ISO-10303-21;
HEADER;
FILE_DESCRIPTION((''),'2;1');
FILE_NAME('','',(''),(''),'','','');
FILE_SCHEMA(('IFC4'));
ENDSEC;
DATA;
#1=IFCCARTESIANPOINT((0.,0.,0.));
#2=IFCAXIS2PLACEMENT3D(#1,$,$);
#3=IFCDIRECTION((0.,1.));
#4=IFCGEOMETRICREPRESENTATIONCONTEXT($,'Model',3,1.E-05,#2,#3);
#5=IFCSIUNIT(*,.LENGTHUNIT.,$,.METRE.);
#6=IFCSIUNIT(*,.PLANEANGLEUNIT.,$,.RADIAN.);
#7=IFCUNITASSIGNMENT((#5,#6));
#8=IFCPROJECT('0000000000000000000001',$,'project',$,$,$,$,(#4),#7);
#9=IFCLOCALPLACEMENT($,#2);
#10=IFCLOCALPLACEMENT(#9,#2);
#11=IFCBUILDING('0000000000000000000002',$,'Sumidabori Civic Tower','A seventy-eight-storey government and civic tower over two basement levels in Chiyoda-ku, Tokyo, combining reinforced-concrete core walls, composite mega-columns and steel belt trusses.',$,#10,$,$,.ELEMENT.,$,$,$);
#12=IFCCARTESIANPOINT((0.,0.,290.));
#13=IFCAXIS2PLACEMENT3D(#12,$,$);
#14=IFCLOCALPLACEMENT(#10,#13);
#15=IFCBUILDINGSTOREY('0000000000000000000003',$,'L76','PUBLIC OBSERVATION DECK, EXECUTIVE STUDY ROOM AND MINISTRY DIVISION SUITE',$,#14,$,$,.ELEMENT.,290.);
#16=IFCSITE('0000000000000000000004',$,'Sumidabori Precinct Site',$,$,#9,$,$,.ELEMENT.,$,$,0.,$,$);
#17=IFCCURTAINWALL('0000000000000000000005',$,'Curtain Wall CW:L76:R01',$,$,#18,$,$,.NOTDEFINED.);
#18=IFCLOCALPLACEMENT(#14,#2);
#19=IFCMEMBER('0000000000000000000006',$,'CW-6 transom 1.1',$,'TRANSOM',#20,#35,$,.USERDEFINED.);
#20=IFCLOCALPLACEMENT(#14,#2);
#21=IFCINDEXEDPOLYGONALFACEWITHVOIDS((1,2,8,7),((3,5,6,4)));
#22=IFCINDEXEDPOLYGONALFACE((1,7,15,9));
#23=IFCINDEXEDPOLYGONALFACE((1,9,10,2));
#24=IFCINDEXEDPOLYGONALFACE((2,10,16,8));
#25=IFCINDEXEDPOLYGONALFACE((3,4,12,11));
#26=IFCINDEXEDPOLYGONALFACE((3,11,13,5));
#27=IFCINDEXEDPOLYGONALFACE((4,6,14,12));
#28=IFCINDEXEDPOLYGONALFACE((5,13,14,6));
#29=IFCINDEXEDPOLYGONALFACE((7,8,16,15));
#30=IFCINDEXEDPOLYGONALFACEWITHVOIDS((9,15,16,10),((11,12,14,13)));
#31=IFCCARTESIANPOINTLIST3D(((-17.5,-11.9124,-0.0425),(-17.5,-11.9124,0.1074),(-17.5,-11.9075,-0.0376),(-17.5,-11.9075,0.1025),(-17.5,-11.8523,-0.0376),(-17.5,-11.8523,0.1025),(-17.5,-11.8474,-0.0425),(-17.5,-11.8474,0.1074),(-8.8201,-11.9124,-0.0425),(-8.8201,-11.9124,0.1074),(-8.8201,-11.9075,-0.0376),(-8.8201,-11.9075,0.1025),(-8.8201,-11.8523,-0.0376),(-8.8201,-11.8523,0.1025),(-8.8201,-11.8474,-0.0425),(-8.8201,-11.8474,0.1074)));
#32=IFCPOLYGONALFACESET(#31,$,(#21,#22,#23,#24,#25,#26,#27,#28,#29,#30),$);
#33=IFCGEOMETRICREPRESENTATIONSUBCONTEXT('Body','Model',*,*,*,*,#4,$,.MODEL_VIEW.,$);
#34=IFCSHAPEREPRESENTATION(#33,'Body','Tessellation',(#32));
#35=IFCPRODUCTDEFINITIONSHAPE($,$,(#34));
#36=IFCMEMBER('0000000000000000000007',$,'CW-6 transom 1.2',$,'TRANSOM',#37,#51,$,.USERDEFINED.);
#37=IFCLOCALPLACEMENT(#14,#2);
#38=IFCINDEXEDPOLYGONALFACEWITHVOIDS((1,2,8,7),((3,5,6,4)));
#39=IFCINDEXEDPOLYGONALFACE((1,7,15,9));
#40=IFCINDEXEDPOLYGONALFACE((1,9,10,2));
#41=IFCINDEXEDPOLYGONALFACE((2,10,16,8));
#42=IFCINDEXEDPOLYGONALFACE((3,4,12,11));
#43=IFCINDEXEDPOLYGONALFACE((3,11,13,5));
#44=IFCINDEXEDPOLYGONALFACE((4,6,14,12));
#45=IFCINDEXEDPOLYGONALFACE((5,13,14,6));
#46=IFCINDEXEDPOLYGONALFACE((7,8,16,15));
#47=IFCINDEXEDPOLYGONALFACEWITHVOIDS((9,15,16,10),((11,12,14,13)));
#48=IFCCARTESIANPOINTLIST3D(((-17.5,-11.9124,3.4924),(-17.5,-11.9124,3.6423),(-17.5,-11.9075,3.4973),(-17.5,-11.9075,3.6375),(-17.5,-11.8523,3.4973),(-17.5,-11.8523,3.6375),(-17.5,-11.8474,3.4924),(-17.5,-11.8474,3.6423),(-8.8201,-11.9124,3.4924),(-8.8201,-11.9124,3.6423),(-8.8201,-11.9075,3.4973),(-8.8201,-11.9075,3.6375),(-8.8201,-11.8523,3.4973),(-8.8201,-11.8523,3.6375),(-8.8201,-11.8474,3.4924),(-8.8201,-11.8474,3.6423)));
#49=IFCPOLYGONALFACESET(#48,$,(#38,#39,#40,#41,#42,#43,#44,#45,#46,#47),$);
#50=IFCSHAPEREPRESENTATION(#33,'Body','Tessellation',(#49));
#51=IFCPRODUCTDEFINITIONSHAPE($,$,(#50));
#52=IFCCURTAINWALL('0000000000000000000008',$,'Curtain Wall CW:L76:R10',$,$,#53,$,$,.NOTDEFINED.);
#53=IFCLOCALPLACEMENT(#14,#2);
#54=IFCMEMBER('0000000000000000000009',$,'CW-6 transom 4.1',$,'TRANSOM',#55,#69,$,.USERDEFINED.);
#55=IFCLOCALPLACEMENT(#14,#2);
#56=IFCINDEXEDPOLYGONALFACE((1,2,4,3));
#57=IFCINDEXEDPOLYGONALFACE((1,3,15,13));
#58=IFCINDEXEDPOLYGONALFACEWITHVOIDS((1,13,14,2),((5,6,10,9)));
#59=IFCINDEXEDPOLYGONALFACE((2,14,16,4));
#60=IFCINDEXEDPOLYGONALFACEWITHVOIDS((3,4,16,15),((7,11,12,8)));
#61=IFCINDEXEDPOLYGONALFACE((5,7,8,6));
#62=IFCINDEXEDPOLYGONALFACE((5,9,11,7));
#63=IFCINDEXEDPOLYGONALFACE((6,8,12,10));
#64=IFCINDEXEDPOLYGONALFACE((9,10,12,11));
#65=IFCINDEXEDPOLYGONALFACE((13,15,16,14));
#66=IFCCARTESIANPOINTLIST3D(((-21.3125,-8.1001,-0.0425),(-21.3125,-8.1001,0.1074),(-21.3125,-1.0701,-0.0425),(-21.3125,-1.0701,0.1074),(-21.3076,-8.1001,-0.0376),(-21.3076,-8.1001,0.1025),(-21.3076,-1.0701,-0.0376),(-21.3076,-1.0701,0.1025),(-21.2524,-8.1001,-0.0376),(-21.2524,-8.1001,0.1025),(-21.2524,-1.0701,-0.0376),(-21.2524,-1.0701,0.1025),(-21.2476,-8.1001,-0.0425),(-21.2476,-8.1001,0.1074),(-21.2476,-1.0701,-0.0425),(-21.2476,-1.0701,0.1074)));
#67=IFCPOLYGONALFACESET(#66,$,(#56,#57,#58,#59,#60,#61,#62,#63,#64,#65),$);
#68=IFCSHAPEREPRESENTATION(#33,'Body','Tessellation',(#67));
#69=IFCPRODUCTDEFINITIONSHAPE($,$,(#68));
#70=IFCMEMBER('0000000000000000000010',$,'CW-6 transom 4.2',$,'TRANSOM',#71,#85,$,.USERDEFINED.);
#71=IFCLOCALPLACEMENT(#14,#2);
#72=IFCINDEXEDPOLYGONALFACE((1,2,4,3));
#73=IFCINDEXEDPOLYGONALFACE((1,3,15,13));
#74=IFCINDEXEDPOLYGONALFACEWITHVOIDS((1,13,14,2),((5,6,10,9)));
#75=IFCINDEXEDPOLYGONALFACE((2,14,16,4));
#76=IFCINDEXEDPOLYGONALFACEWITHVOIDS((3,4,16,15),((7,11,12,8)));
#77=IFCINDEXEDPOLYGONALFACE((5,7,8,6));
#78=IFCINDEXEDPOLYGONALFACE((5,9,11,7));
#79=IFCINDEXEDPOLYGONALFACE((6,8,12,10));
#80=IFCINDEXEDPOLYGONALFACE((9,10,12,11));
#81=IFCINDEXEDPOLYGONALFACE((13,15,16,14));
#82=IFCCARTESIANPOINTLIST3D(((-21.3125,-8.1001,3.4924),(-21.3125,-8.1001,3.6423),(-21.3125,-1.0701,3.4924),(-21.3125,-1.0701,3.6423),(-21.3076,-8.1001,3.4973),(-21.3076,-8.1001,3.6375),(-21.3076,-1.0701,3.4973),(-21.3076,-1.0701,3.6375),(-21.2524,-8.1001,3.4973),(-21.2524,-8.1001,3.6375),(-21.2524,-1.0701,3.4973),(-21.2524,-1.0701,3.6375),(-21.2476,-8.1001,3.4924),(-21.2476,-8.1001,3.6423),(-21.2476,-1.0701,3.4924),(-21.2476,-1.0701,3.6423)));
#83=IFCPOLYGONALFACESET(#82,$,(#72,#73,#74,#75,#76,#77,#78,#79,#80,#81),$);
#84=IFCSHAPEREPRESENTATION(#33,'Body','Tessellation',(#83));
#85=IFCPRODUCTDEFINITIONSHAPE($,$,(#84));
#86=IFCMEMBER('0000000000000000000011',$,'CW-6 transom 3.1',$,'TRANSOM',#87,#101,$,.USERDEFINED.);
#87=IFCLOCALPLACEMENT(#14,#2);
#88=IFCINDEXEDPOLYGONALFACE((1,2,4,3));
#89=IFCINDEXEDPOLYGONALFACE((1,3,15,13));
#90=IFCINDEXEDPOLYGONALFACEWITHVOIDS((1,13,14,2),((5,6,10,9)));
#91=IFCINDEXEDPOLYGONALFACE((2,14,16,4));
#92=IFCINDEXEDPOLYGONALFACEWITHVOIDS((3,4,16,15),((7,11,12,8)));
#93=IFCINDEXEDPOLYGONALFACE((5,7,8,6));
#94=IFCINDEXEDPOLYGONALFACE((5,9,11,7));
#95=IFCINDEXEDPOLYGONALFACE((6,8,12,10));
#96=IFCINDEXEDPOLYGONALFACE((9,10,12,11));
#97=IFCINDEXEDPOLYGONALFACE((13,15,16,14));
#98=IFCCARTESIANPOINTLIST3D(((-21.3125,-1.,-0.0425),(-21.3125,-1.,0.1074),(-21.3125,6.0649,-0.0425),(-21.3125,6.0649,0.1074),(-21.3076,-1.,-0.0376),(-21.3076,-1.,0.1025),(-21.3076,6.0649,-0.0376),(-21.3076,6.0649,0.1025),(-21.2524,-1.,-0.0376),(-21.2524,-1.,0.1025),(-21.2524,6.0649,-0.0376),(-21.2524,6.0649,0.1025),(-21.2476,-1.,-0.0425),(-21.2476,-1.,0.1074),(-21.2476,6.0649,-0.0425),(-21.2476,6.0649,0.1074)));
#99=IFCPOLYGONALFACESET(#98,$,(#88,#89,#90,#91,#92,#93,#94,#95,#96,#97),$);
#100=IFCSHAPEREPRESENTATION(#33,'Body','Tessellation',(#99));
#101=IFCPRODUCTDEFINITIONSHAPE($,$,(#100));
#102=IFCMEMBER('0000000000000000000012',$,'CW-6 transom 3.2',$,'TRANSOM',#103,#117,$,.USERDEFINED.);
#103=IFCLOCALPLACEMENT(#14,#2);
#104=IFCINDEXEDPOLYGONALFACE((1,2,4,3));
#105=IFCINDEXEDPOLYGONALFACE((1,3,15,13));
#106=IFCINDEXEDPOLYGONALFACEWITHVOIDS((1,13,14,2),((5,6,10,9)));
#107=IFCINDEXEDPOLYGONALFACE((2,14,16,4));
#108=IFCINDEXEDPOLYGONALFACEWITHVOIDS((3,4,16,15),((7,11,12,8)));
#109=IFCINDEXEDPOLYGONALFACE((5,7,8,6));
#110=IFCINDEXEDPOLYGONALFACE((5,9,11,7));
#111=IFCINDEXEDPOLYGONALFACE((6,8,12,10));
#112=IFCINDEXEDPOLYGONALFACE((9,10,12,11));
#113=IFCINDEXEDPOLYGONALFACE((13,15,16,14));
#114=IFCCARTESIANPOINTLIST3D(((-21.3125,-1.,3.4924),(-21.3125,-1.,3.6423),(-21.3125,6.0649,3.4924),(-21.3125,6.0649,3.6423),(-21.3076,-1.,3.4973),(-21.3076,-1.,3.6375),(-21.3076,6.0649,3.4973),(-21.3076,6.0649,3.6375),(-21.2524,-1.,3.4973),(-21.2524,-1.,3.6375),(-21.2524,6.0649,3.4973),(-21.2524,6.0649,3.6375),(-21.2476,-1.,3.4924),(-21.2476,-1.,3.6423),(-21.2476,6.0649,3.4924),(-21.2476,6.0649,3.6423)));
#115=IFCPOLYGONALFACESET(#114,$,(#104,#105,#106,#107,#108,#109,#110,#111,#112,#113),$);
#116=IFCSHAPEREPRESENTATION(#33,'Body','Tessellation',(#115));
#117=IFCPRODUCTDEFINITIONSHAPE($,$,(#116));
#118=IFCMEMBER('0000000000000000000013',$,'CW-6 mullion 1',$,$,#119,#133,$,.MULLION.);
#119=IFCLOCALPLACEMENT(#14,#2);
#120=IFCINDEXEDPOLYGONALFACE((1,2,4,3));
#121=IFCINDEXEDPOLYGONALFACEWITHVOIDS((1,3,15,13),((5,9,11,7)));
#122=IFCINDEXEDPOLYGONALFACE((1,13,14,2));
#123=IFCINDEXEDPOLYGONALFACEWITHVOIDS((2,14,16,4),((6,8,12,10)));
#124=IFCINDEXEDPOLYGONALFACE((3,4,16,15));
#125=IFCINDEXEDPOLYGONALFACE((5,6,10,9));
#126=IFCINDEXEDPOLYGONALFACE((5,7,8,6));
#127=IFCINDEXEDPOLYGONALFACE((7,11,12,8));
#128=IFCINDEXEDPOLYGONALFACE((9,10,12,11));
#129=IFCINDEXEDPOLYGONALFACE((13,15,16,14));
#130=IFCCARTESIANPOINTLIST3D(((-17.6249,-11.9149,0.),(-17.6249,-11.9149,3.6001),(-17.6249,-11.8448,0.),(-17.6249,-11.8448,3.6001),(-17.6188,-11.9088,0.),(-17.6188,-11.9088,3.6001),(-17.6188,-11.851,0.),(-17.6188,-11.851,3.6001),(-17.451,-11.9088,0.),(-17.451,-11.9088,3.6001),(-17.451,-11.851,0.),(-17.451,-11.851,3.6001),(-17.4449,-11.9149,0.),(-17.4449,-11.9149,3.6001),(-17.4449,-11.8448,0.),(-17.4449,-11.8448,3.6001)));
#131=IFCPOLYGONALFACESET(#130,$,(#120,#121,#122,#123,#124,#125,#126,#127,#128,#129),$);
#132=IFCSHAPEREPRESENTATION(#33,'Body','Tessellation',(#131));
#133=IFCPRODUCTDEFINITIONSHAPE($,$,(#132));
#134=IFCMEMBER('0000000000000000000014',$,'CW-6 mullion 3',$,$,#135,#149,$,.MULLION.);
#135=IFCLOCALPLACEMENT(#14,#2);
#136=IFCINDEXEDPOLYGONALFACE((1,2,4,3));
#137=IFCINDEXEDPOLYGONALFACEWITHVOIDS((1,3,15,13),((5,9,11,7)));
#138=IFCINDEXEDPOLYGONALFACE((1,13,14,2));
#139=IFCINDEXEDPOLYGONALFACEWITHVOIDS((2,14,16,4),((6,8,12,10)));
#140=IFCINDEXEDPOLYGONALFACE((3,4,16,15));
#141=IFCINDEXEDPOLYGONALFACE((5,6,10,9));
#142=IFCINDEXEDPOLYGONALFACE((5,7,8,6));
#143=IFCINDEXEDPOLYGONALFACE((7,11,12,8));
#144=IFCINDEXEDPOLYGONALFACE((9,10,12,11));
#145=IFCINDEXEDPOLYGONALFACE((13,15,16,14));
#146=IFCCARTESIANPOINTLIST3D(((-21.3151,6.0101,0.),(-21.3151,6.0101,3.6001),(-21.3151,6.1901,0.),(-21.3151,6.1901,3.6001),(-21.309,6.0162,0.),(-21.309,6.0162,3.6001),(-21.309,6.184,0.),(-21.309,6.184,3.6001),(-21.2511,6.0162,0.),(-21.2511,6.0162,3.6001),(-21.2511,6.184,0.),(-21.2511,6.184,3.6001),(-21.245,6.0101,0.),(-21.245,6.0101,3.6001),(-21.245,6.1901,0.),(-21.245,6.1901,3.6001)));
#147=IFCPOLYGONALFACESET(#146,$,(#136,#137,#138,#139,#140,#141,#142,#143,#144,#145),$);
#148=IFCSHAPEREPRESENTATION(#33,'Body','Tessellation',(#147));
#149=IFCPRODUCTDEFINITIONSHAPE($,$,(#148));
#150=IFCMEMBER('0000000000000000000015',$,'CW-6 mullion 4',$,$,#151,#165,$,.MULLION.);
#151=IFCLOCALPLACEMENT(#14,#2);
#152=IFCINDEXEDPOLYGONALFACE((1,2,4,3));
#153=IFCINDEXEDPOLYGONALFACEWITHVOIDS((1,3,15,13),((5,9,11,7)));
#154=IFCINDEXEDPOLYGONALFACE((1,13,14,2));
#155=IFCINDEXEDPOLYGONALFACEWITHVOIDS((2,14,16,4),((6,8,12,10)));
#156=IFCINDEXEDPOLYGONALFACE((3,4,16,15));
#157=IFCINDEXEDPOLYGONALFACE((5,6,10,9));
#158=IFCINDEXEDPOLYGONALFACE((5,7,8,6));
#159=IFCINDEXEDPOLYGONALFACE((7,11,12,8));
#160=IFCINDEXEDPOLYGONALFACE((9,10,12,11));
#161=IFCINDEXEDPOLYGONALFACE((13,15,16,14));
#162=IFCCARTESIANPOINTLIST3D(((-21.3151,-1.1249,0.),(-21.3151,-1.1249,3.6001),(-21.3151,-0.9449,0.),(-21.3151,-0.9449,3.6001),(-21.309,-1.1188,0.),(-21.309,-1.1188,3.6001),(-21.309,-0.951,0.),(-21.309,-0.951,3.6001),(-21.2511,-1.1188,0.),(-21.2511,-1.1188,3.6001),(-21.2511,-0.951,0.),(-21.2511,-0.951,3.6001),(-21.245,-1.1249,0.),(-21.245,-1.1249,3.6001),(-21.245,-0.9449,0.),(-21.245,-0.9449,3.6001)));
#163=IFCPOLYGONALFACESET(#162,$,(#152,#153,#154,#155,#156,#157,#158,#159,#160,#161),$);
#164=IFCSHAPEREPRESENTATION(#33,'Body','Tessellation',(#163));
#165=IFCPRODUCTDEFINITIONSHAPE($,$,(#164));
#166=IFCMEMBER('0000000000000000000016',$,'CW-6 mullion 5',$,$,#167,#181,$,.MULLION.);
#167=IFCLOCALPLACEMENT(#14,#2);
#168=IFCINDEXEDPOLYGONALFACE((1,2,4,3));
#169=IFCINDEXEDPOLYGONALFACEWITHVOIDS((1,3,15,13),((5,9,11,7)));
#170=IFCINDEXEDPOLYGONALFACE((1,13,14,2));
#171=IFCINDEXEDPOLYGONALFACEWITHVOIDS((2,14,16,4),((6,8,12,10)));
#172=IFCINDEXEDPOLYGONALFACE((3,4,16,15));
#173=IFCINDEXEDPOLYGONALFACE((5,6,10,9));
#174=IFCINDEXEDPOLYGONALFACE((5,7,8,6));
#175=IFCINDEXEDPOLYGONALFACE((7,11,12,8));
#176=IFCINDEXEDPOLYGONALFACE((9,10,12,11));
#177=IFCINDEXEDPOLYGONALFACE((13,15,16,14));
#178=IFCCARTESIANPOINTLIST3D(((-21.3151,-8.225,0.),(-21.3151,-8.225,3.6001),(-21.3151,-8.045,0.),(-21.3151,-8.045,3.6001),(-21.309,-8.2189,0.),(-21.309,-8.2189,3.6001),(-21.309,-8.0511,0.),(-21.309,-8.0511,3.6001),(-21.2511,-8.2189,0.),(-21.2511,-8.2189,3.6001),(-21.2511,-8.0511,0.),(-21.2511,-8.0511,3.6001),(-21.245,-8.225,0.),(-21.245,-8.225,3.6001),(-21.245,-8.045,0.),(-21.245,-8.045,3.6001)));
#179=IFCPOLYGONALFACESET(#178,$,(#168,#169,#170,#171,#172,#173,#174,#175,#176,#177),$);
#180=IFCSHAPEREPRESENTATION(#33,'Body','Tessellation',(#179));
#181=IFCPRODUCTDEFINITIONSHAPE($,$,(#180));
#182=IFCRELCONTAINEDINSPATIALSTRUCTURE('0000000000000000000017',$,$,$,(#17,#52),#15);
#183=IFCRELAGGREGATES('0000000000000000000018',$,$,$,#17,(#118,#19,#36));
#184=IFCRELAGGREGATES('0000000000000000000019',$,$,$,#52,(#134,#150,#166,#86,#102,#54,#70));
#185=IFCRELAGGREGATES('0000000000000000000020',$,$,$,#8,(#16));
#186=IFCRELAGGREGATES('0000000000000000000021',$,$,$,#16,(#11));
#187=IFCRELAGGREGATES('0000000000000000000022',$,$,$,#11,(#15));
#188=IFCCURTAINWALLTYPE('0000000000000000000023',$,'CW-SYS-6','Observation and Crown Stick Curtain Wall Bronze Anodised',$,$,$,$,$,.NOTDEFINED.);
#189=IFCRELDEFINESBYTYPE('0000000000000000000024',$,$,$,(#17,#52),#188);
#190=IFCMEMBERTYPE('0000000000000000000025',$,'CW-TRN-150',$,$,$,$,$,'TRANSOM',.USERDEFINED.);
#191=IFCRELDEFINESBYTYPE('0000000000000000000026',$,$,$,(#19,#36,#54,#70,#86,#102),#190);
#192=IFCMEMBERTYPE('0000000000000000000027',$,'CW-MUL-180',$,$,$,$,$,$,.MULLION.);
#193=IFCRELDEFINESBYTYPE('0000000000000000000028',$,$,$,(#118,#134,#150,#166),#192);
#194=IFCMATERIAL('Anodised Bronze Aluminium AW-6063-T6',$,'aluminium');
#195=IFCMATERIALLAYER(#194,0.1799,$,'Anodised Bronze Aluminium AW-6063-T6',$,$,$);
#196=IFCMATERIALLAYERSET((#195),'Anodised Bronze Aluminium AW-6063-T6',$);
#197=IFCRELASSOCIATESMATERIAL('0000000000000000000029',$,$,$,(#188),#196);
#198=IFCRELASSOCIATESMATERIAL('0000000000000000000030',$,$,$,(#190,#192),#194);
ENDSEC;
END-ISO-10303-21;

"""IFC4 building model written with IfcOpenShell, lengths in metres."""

from ifc_helpers import new_model, si_unit, direction, frame, origin, origin_2d, place, context, subcontext, project, spatial, hollow_rectangle, extrude, source, transform, mapped, material, layer, layer_set, material_profile, profile_set, type_object, element, aggregate, save


model = new_model("IFC4")

# Units and contexts
model_context = context("Model", 3, precision=1e-05, world=origin(), true_north=direction((0.0, 1.0)))
body_context = subcontext(model_context, "Body", "Model", "MODEL_VIEW")
ifc_project = project(units=[si_unit("LENGTHUNIT", "METRE"), si_unit("PLANEANGLEUNIT", "RADIAN")], contexts=[model_context])

# Site, building, storey
site_placement = place(None, origin())
site = spatial("IfcSite", under=ifc_project, at=site_placement, Name="Sumidabori Precinct Site", CompositionType="ELEMENT", RefElevation=0.0)
building_placement = place(site_placement, origin())
building = spatial("IfcBuilding", under=site, at=building_placement, Name="Sumidabori Civic Tower", Description="A seventy-eight-storey government and civic tower over two basement levels in Chiyoda-ku, Tokyo, combining reinforced-concrete core walls, composite mega-columns and steel belt trusses.", CompositionType="ELEMENT")
storey_placement = place(building_placement, frame((0.0, 0.0, 290.0)))
storey = spatial("IfcBuildingStorey", under=building, at=storey_placement, Name="L76", Description="PUBLIC OBSERVATION DECK, EXECUTIVE STUDY ROOM AND MINISTRY DIVISION SUITE", CompositionType="ELEMENT", Elevation=290.0)

# Curtain walls, members
ifc_material_1 = material(Name="Anodised Bronze Aluminium AW-6063-T6", Category="aluminium")
ifc_layer_1 = layer(ifc_material_1, 0.1799, Name="Anodised Bronze Aluminium AW-6063-T6")
ifc_layer_set_1 = layer_set([ifc_layer_1], Name="Anodised Bronze Aluminium AW-6063-T6")
curtain_wall_type = type_object("IfcCurtainWallType", Name="CW-SYS-6", Description="Observation and Crown Stick Curtain Wall Bronze Anodised", PredefinedType="NOTDEFINED", material=ifc_layer_set_1)
curtain_wall_1_placement = place(storey_placement, origin())
curtain_wall_1 = element("IfcCurtainWall", 1, at=curtain_wall_1_placement, inside=storey, type_object=curtain_wall_type, Name="Curtain Wall CW:L76:R01", PredefinedType="NOTDEFINED")
ifc_material_profile_1 = material_profile(ifc_material_1, hollow_rectangle(XDim=0.0649, YDim=0.1499, WallThickness=0.0049, at=origin_2d()), Name="ALU TRANSOM 150x65")
ifc_profile_set_1 = profile_set([ifc_material_profile_1], Name="Anodised Bronze Aluminium AW-6063-T6")
member_type_1 = type_object("IfcMemberType", Name="CW-TRN-150", ElementType="TRANSOM", PredefinedType="USERDEFINED", material=ifc_profile_set_1)
shared_shape_1 = source(origin(), body_context, "Body", "SweptSolid", [
    extrude(hollow_rectangle(XDim=0.0649, YDim=0.1499, WallThickness=0.0049, at=origin_2d()), origin(), (0.0, 0.0, 1.0), 8.6799),
])
member_1_placement = place(storey_placement, frame((-17.5, -11.8799, 0.0325), z_axis=(1.0, 0.0, 0.0), x_axis=(0.0, 1.0, 0.0)))
member_1 = element("IfcMember", 2, at=member_1_placement, type_object=member_type_1, Name="CW-6 transom 1.1", ObjectType="TRANSOM", PredefinedType="USERDEFINED", context=body_context, shape_type="MappedRepresentation", body=[
    mapped(shared_shape_1, transform((0.0, 0.0, 0.0), x_axis=(1.0, 0.0, 0.0), y_axis=(0.0, 1.0, 0.0), z_axis=(0.0, 0.0, 1.0), scale=1.0)),
])
member_2_placement = place(storey_placement, frame((-17.5, -11.8799, 3.5674), z_axis=(1.0, 0.0, 0.0), x_axis=(0.0, 1.0, 0.0)))
member_2 = element("IfcMember", 3, at=member_2_placement, type_object=member_type_1, Name="CW-6 transom 1.2", ObjectType="TRANSOM", PredefinedType="USERDEFINED", context=body_context, shape_type="MappedRepresentation", body=[
    mapped(shared_shape_1, transform((0.0, 0.0, 0.0), x_axis=(1.0, 0.0, 0.0), y_axis=(0.0, 1.0, 0.0), z_axis=(0.0, 0.0, 1.0), scale=1.0)),
])
curtain_wall_2_placement = place(storey_placement, origin())
curtain_wall_2 = element("IfcCurtainWall", 4, at=curtain_wall_2_placement, inside=storey, type_object=curtain_wall_type, Name="Curtain Wall CW:L76:R10", PredefinedType="NOTDEFINED")
shared_shape_2 = source(origin(), body_context, "Body", "SweptSolid", [
    extrude(hollow_rectangle(XDim=0.0649, YDim=0.1499, WallThickness=0.0049, at=origin_2d()), origin(), (0.0, 0.0, 1.0), 7.03),
])
member_3_placement = place(storey_placement, frame((-21.28, -1.0701, 0.0325), z_axis=(0.0, -1.0, 0.0), x_axis=(1.0, 0.0, 0.0)))
member_3 = element("IfcMember", 5, at=member_3_placement, type_object=member_type_1, Name="CW-6 transom 4.1", ObjectType="TRANSOM", PredefinedType="USERDEFINED", context=body_context, shape_type="MappedRepresentation", body=[
    mapped(shared_shape_2, transform((0.0, 0.0, 0.0), x_axis=(1.0, 0.0, 0.0), y_axis=(0.0, 1.0, 0.0), z_axis=(0.0, 0.0, 1.0), scale=1.0)),
])
member_4_placement = place(storey_placement, frame((-21.28, -1.0701, 3.5674), z_axis=(0.0, -1.0, 0.0), x_axis=(1.0, 0.0, 0.0)))
member_4 = element("IfcMember", 6, at=member_4_placement, type_object=member_type_1, Name="CW-6 transom 4.2", ObjectType="TRANSOM", PredefinedType="USERDEFINED", context=body_context, shape_type="MappedRepresentation", body=[
    mapped(shared_shape_2, transform((0.0, 0.0, 0.0), x_axis=(1.0, 0.0, 0.0), y_axis=(0.0, 1.0, 0.0), z_axis=(0.0, 0.0, 1.0), scale=1.0)),
])
shared_shape_3 = source(origin(), body_context, "Body", "SweptSolid", [
    extrude(hollow_rectangle(XDim=0.0649, YDim=0.1499, WallThickness=0.0049, at=origin_2d()), origin(), (0.0, 0.0, 1.0), 7.0649),
])
member_5_placement = place(storey_placement, frame((-21.28, 6.0649, 0.0325), z_axis=(0.0, -1.0, 0.0), x_axis=(1.0, 0.0, 0.0)))
member_5 = element("IfcMember", 7, at=member_5_placement, type_object=member_type_1, Name="CW-6 transom 3.1", ObjectType="TRANSOM", PredefinedType="USERDEFINED", context=body_context, shape_type="MappedRepresentation", body=[
    mapped(shared_shape_3, transform((0.0, 0.0, 0.0), x_axis=(1.0, 0.0, 0.0), y_axis=(0.0, 1.0, 0.0), z_axis=(0.0, 0.0, 1.0), scale=1.0)),
])
member_6_placement = place(storey_placement, frame((-21.28, 6.0649, 3.5674), z_axis=(0.0, -1.0, 0.0), x_axis=(1.0, 0.0, 0.0)))
member_6 = element("IfcMember", 8, at=member_6_placement, type_object=member_type_1, Name="CW-6 transom 3.2", ObjectType="TRANSOM", PredefinedType="USERDEFINED", context=body_context, shape_type="MappedRepresentation", body=[
    mapped(shared_shape_3, transform((0.0, 0.0, 0.0), x_axis=(1.0, 0.0, 0.0), y_axis=(0.0, 1.0, 0.0), z_axis=(0.0, 0.0, 1.0), scale=1.0)),
])

# Members
ifc_material_profile_2 = material_profile(ifc_material_1, hollow_rectangle(XDim=0.0701, YDim=0.1799, WallThickness=0.0061, at=origin_2d()), Name="ALU MULLION 180x70")
ifc_profile_set_2 = profile_set([ifc_material_profile_2], Name="Anodised Bronze Aluminium AW-6063-T6")
member_type_2 = type_object("IfcMemberType", Name="CW-MUL-180", PredefinedType="MULLION", material=ifc_profile_set_2)
shared_shape_4 = source(origin(), body_context, "Body", "SweptSolid", [
    extrude(hollow_rectangle(XDim=0.0701, YDim=0.1799, WallThickness=0.0061, at=origin_2d()), origin(), (0.0, 0.0, 1.0), 3.6001),
])
member_7_placement = place(storey_placement, frame((-17.5349, -11.8799, 0.0), z_axis=(0.0, 0.0, 1.0), x_axis=(0.0, 1.0, 0.0)))
member_7 = element("IfcMember", 9, at=member_7_placement, type_object=member_type_2, Name="CW-6 mullion 1", PredefinedType="MULLION", context=body_context, shape_type="MappedRepresentation", body=[
    mapped(shared_shape_4, transform((0.0, 0.0, 0.0), x_axis=(1.0, 0.0, 0.0), y_axis=(0.0, 1.0, 0.0), z_axis=(0.0, 0.0, 1.0), scale=1.0)),
])
aggregate(curtain_wall_1, [member_7, member_1, member_2])
member_8_placement = place(storey_placement, frame((-21.28, 6.1001, 0.0), z_axis=(0.0, 0.0, 1.0), x_axis=(1.0, 0.0, 0.0)))
member_8 = element("IfcMember", 10, at=member_8_placement, type_object=member_type_2, Name="CW-6 mullion 3", PredefinedType="MULLION", context=body_context, shape_type="MappedRepresentation", body=[
    mapped(shared_shape_4, transform((0.0, 0.0, 0.0), x_axis=(1.0, 0.0, 0.0), y_axis=(0.0, 1.0, 0.0), z_axis=(0.0, 0.0, 1.0), scale=1.0)),
])
member_9_placement = place(storey_placement, frame((-21.28, -1.0349, 0.0), z_axis=(0.0, 0.0, 1.0), x_axis=(1.0, 0.0, 0.0)))
member_9 = element("IfcMember", 11, at=member_9_placement, type_object=member_type_2, Name="CW-6 mullion 4", PredefinedType="MULLION", context=body_context, shape_type="MappedRepresentation", body=[
    mapped(shared_shape_4, transform((0.0, 0.0, 0.0), x_axis=(1.0, 0.0, 0.0), y_axis=(0.0, 1.0, 0.0), z_axis=(0.0, 0.0, 1.0), scale=1.0)),
])
member_10_placement = place(storey_placement, frame((-21.28, -8.135, 0.0), z_axis=(0.0, 0.0, 1.0), x_axis=(1.0, 0.0, 0.0)))
member_10 = element("IfcMember", 12, at=member_10_placement, type_object=member_type_2, Name="CW-6 mullion 5", PredefinedType="MULLION", context=body_context, shape_type="MappedRepresentation", body=[
    mapped(shared_shape_4, transform((0.0, 0.0, 0.0), x_axis=(1.0, 0.0, 0.0), y_axis=(0.0, 1.0, 0.0), z_axis=(0.0, 0.0, 1.0), scale=1.0)),
])

aggregate(curtain_wall_2, [member_8, member_9, member_10, member_5, member_6, member_3, member_4])

save(model, "model.ifc")
